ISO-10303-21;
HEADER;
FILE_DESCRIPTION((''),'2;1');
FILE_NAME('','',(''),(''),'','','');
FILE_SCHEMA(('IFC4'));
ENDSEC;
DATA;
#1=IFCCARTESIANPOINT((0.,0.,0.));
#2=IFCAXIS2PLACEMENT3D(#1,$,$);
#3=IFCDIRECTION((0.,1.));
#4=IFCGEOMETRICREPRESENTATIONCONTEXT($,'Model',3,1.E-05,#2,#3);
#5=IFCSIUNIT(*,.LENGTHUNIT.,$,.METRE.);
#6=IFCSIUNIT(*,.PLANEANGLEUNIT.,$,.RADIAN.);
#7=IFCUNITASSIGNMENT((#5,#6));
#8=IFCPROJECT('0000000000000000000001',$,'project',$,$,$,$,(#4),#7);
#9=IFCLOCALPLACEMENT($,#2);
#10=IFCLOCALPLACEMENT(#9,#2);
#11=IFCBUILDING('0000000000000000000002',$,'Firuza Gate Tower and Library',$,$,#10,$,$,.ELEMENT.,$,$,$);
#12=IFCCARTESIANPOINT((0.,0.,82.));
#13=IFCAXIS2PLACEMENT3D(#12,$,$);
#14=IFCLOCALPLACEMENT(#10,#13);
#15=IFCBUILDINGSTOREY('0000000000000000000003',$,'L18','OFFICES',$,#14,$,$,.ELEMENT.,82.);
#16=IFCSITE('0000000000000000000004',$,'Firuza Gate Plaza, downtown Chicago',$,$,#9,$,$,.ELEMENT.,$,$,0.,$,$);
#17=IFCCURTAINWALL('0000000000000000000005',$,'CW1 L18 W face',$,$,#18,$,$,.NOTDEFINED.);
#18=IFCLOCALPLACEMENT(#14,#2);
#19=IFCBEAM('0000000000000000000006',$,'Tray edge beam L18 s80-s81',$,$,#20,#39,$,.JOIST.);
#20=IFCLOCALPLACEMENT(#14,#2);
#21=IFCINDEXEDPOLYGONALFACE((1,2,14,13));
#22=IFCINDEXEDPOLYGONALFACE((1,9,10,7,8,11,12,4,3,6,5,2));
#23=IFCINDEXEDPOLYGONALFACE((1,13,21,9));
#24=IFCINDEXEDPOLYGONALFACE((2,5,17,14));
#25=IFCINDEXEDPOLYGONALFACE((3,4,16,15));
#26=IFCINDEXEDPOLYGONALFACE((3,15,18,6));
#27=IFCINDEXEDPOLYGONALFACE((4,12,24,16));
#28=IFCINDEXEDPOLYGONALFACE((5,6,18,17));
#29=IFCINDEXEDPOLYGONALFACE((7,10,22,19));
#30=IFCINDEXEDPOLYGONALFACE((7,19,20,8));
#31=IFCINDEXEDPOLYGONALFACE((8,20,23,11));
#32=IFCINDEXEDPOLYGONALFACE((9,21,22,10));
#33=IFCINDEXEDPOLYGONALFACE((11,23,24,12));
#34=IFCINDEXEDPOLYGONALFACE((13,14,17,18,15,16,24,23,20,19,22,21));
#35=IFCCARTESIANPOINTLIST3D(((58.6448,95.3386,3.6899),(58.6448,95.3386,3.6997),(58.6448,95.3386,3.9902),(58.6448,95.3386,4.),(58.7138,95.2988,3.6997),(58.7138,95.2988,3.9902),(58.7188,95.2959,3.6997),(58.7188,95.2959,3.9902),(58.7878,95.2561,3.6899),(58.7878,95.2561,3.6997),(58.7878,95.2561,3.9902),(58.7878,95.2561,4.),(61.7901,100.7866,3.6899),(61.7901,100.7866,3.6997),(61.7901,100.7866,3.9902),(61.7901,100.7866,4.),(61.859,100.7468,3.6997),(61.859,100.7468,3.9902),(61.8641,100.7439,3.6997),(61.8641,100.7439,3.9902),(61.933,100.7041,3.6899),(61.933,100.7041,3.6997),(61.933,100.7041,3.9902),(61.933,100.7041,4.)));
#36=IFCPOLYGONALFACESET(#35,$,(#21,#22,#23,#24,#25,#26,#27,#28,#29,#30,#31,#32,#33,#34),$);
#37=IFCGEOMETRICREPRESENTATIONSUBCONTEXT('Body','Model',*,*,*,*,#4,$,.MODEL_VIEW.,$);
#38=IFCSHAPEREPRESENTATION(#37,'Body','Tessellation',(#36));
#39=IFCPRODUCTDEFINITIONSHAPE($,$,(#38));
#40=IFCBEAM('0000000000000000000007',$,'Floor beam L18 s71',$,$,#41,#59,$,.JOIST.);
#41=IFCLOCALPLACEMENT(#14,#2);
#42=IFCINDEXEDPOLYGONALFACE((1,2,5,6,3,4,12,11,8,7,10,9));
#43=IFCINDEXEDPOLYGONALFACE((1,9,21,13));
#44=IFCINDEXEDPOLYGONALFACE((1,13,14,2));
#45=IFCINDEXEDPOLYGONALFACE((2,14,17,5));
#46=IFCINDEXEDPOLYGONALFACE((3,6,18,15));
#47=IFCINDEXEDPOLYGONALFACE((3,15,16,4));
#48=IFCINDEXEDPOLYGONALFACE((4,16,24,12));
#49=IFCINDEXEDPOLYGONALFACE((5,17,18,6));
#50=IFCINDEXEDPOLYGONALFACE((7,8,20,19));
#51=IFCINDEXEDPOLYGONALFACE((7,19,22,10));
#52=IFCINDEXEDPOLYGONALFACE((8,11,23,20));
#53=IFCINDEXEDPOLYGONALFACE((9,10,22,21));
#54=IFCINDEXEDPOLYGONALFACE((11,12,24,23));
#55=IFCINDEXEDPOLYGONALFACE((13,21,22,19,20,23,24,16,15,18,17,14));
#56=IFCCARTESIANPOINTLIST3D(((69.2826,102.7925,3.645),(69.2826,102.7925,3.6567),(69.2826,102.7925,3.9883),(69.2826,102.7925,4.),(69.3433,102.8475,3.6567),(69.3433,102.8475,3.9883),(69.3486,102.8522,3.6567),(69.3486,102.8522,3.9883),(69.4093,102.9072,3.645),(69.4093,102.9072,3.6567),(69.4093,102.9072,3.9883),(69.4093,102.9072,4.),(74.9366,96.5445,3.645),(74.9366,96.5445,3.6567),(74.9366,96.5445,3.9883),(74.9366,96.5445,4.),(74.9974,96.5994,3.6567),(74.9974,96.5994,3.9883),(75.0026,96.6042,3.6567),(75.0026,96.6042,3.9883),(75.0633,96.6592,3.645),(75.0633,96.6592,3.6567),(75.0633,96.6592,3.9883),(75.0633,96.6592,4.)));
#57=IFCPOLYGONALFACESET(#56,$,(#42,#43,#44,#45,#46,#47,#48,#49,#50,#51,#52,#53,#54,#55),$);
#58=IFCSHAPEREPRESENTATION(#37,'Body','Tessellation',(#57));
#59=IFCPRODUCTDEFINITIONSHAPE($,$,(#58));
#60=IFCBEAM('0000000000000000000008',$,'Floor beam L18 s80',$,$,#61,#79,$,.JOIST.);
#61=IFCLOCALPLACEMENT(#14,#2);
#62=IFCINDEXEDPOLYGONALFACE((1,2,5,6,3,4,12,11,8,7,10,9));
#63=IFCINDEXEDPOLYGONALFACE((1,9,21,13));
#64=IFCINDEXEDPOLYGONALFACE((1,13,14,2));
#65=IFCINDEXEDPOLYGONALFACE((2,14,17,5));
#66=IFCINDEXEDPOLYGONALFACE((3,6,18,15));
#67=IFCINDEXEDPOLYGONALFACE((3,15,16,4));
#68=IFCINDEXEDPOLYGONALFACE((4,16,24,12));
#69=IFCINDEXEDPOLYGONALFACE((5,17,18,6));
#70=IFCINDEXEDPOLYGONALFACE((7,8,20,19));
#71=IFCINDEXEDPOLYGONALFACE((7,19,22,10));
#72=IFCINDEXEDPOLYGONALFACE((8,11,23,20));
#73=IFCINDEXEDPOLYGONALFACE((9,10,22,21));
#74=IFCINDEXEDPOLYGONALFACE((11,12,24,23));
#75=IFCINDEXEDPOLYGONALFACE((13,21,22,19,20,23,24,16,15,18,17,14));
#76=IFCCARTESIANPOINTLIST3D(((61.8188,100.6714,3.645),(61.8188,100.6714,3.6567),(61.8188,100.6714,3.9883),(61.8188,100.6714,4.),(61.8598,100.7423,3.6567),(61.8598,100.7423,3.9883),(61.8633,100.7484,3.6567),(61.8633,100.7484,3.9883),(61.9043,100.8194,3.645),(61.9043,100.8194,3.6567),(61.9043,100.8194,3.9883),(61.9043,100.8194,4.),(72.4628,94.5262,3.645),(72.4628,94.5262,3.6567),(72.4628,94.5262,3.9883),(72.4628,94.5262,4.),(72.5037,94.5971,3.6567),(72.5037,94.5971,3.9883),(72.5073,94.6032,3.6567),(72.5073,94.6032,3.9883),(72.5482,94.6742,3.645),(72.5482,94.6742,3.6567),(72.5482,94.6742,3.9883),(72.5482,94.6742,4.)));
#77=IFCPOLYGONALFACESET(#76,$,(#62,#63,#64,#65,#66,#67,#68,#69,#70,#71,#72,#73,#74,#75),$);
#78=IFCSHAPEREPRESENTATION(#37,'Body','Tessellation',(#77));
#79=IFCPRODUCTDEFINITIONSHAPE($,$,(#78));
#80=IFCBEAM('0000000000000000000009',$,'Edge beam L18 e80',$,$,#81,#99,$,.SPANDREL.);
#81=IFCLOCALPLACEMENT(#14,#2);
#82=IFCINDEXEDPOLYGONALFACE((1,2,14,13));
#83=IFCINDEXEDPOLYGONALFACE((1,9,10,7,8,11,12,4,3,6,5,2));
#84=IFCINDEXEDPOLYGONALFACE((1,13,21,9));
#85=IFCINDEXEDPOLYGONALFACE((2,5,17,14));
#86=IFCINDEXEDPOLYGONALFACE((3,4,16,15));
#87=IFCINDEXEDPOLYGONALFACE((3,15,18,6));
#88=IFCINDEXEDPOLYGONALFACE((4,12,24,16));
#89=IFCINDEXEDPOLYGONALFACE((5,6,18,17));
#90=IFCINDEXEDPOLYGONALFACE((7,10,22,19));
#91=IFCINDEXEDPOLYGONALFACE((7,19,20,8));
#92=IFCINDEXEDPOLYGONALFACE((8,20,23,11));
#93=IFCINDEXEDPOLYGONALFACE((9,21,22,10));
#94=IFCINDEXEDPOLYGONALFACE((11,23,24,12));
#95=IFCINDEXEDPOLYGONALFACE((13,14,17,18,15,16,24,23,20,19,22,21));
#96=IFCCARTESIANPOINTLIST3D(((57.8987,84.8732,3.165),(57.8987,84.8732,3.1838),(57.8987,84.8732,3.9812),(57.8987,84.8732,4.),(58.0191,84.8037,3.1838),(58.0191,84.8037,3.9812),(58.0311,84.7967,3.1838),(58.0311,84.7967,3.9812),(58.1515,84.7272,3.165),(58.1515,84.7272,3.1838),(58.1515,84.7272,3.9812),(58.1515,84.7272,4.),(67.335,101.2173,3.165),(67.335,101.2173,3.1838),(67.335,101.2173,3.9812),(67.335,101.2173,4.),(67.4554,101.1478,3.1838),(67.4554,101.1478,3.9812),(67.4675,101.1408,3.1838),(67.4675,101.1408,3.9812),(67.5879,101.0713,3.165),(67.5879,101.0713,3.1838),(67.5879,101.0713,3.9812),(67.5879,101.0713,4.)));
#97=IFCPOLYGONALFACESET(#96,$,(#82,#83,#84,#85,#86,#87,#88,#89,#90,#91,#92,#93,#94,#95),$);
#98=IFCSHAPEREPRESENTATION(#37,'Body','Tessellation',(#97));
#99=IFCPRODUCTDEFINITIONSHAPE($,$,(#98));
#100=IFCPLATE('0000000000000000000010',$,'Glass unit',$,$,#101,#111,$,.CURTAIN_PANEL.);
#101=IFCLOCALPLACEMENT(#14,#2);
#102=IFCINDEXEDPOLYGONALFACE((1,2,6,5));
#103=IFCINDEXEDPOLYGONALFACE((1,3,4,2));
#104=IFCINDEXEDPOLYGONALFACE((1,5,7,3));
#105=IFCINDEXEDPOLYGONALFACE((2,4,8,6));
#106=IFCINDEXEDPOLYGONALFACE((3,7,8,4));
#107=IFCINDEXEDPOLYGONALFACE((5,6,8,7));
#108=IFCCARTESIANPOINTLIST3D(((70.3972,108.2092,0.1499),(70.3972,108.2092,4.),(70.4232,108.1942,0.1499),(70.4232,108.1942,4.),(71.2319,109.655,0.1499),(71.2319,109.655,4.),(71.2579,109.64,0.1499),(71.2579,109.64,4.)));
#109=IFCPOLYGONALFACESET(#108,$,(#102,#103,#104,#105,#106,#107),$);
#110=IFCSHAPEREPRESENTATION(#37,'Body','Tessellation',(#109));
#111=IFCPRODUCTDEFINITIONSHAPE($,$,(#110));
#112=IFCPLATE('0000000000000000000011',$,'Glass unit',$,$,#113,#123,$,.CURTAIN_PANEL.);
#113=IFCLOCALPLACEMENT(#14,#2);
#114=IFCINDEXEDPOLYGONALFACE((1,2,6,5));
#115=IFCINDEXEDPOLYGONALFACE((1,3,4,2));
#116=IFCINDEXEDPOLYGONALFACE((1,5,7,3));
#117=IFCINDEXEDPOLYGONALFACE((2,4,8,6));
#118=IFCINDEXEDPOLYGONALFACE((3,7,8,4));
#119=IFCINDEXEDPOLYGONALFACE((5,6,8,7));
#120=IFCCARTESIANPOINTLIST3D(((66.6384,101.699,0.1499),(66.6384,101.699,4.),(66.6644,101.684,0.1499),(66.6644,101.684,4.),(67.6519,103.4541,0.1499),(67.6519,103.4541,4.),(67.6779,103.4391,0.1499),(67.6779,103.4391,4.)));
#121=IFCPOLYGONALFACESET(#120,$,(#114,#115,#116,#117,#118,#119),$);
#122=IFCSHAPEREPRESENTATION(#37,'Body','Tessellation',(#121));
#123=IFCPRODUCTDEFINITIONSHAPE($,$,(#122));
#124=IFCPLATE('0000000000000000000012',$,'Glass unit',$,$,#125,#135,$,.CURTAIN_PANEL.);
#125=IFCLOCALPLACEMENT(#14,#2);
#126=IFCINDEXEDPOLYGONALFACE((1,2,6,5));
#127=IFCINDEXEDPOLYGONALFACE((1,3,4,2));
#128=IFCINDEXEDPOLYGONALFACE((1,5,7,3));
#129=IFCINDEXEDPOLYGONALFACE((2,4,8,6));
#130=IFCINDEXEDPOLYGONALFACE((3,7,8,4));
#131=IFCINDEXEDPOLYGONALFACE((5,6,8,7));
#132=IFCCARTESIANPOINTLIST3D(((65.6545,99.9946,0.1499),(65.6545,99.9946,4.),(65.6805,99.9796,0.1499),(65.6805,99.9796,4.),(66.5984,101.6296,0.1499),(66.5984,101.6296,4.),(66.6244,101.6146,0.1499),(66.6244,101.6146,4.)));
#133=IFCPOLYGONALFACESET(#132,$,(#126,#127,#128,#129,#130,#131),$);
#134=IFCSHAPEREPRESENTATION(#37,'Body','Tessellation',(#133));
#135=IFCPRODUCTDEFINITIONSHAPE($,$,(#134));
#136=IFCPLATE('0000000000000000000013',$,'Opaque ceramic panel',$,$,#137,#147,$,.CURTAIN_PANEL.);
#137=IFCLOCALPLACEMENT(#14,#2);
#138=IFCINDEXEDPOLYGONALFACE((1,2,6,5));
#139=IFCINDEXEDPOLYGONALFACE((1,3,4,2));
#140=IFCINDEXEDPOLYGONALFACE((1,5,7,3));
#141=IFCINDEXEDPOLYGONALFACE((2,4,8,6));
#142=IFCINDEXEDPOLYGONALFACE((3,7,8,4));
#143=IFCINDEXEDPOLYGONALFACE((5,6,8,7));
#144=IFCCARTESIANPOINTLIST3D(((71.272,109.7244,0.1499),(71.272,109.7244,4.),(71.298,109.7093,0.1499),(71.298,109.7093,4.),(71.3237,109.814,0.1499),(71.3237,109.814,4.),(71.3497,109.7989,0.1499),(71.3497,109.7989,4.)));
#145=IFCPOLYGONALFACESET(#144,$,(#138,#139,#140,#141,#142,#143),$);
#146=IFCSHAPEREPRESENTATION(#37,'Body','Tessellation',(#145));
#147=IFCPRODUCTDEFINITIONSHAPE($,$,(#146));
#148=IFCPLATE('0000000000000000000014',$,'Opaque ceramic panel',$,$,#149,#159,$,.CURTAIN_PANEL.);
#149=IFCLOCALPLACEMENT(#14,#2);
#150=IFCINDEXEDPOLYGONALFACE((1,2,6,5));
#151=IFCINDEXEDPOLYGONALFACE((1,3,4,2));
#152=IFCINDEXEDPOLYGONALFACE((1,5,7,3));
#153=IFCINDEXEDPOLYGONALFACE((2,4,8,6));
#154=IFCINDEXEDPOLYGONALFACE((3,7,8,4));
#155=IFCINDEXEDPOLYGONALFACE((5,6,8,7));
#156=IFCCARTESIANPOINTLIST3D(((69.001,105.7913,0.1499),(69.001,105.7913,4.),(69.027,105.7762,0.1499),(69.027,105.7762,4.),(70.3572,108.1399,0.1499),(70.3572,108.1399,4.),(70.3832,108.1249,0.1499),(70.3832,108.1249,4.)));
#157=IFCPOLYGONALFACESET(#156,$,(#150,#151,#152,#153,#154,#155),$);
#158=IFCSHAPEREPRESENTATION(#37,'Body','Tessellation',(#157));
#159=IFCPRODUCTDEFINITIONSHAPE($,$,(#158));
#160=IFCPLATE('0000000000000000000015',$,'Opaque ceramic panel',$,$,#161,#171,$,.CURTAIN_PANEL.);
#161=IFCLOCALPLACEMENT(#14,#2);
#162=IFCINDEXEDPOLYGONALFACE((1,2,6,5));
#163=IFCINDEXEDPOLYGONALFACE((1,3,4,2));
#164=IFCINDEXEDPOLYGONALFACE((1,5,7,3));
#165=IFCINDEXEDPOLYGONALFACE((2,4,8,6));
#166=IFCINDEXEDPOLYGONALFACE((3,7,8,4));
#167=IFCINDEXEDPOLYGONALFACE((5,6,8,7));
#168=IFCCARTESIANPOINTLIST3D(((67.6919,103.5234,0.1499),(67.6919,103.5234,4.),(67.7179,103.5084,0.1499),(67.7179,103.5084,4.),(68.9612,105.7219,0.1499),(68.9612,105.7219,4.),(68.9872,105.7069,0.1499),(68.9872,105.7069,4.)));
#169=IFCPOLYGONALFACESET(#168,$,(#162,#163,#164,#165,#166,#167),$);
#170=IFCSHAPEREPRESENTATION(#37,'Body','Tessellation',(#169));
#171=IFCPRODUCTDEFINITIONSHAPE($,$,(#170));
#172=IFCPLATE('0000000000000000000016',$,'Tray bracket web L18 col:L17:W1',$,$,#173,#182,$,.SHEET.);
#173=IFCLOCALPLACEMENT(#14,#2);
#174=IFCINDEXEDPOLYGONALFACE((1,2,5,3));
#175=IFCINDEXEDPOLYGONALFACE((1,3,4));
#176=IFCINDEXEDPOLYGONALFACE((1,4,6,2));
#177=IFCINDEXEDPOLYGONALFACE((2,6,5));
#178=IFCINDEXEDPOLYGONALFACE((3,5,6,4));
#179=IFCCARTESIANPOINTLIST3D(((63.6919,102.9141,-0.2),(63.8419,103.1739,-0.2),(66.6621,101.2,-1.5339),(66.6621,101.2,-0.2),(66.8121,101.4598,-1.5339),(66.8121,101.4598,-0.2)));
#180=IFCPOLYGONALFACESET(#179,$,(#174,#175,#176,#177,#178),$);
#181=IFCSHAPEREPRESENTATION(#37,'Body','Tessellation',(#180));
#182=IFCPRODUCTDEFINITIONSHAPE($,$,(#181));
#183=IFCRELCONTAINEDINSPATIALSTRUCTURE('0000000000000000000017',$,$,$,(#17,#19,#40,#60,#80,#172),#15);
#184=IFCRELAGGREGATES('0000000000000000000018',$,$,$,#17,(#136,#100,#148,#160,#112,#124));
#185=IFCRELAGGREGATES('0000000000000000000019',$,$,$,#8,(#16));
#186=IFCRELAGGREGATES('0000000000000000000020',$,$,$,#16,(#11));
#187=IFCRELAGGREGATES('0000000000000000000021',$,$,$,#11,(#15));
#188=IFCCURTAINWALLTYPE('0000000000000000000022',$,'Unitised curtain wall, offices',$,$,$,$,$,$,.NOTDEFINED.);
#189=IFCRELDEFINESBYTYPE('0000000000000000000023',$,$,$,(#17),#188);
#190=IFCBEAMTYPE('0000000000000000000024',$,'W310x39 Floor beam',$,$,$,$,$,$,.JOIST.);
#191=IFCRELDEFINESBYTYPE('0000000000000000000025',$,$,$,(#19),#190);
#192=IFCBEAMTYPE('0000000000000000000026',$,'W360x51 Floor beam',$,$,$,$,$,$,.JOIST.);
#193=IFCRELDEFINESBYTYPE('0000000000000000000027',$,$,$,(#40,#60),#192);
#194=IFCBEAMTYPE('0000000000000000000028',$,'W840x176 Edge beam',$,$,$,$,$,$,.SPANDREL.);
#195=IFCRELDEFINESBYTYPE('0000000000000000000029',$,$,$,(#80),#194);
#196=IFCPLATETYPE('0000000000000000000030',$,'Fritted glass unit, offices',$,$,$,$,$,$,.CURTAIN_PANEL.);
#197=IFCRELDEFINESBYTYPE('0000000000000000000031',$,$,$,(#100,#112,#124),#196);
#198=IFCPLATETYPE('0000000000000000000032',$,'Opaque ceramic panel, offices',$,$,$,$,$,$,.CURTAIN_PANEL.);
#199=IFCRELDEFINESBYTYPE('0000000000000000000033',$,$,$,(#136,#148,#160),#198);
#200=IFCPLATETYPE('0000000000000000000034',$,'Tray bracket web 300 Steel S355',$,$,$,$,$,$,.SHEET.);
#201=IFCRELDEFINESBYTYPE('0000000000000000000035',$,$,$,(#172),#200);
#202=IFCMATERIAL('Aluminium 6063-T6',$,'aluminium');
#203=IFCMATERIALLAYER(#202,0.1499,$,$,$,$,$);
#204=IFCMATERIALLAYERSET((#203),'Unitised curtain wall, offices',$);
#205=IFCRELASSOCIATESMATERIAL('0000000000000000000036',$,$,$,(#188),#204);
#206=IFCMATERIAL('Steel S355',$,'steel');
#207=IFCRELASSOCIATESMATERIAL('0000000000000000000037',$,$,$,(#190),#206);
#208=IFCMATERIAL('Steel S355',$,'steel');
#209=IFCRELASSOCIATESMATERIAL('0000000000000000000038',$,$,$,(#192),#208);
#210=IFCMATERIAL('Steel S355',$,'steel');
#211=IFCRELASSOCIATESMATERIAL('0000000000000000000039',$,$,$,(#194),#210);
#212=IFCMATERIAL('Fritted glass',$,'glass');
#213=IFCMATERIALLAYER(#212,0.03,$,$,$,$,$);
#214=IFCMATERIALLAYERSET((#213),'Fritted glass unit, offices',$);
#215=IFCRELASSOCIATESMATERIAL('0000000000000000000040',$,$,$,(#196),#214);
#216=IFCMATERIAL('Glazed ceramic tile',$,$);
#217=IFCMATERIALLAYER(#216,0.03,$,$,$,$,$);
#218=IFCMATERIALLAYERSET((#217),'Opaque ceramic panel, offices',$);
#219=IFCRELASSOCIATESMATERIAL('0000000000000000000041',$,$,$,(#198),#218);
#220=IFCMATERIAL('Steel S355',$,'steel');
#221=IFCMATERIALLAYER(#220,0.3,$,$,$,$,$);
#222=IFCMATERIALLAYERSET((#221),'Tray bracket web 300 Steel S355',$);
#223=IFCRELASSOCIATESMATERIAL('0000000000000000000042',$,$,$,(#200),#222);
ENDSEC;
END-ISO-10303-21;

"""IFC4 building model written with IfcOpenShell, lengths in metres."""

from ifc_helpers import new_model, si_unit, direction, frame, origin, origin_2d, place, context, subcontext, project, spatial, polyline, i_section, outline, extrude, material, layer, layer_set, material_profile, profile_set, type_object, element, aggregate, save


model = new_model("IFC4")

# Units and contexts
model_context = context("Model", 3, precision=1e-05, world=origin(), true_north=direction((0.0, 1.0)))
body_context = subcontext(model_context, "Body", "Model", "MODEL_VIEW")
ifc_project = project(units=[si_unit("LENGTHUNIT", "METRE"), si_unit("PLANEANGLEUNIT", "RADIAN")], contexts=[model_context])

# Site, building, storey
site_placement = place(None, origin())
site = spatial("IfcSite", under=ifc_project, at=site_placement, Name="Firuza Gate Plaza, downtown Chicago", CompositionType="ELEMENT", RefElevation=0.0)
building_placement = place(site_placement, origin())
building = spatial("IfcBuilding", under=site, at=building_placement, Name="Firuza Gate Tower and Library", CompositionType="ELEMENT")
storey_placement = place(building_placement, frame((0.0, 0.0, 82.0)))
storey = spatial("IfcBuildingStorey", under=building, at=storey_placement, Name="L18", Description="OFFICES", CompositionType="ELEMENT", Elevation=82.0)

# Curtain wall
ifc_material_1 = material(Name="Aluminium 6063-T6", Category="aluminium")
ifc_layer_1 = layer(ifc_material_1, 0.1499)
ifc_layer_set_1 = layer_set([ifc_layer_1], Name="Unitised curtain wall, offices")
curtain_wall_type_1 = type_object("IfcCurtainWallType", Name="Unitised curtain wall, offices", PredefinedType="NOTDEFINED", material=ifc_layer_set_1)
placement = place(storey_placement, origin())
curtain_wall_1 = element("IfcCurtainWall", 1, at=placement, inside=storey, type_object=curtain_wall_type_1, Name="CW1 L18 W face", PredefinedType="NOTDEFINED")

# Beams
ifc_material_2 = material(Name="Steel S355", Category="steel")
ifc_material_profile_1 = material_profile(ifc_material_2, i_section(OverallWidth=0.165, OverallDepth=0.3101, WebThickness=0.0059, FlangeThickness=0.0098, at=origin_2d()))
ifc_profile_set_1 = profile_set([ifc_material_profile_1], Name="Steel S355")
beam_type_1 = type_object("IfcBeamType", Name="W310x39 Floor beam", PredefinedType="JOIST", material=ifc_profile_set_1)
beam_1_placement = place(storey_placement, frame((61.8616, 100.7454, 3.845), z_axis=(-0.499983, -0.866035, 0.0), x_axis=(0.866035, -0.499983, 0.0)))
element("IfcBeam", 2, at=beam_1_placement, inside=storey, type_object=beam_type_1, Name="Tray edge beam L18 s80-s81", PredefinedType="JOIST", context=body_context, shape_type="SweptSolid", body=[
    extrude(i_section(OverallWidth=0.165, OverallDepth=0.3101, WebThickness=0.0059, FlangeThickness=0.0098, at=origin_2d()), origin(), (0.0, 0.0, 1.0), 6.2908),
])
ifc_material_3 = material(Name="Steel S355", Category="steel")
ifc_material_profile_2 = material_profile(ifc_material_3, i_section(OverallWidth=0.1709, OverallDepth=0.355, WebThickness=0.0071, FlangeThickness=0.0117, at=origin_2d()))
ifc_profile_set_2 = profile_set([ifc_material_profile_2], Name="Steel S355")
beam_type_2 = type_object("IfcBeamType", Name="W360x51 Floor beam", PredefinedType="JOIST", material=ifc_profile_set_2)
beam_2_placement = place(storey_placement, frame((69.3459, 102.8499, 3.8225), z_axis=(0.670982, -0.741473, 0.0), x_axis=(0.741473, 0.670982, 0.0)))
element("IfcBeam", 3, at=beam_2_placement, inside=storey, type_object=beam_type_2, Name="Floor beam L18 s71", PredefinedType="JOIST", context=body_context, shape_type="SweptSolid", body=[
    extrude(i_section(OverallWidth=0.1709, OverallDepth=0.355, WebThickness=0.0071, FlangeThickness=0.0117, at=origin_2d()), origin(), (0.0, 0.0, 1.0), 8.4265),
])
beam_3_placement = place(storey_placement, frame((61.8616, 100.7454, 3.8225), z_axis=(0.866028, -0.499995, 0.0), x_axis=(0.499995, 0.866028, 0.0)))
element("IfcBeam", 4, at=beam_3_placement, inside=storey, type_object=beam_type_2, Name="Floor beam L18 s80", PredefinedType="JOIST", context=body_context, shape_type="SweptSolid", body=[
    extrude(i_section(OverallWidth=0.1709, OverallDepth=0.355, WebThickness=0.0071, FlangeThickness=0.0117, at=origin_2d()), origin(), (0.0, 0.0, 1.0), 12.2905),
])
ifc_material_4 = material(Name="Steel S355", Category="steel")
ifc_material_profile_3 = material_profile(ifc_material_4, i_section(OverallWidth=0.292, OverallDepth=0.835, WebThickness=0.0139, FlangeThickness=0.0188, at=origin_2d()))
ifc_profile_set_3 = profile_set([ifc_material_profile_3], Name="Steel S355")
beam_type_3 = type_object("IfcBeamType", Name="W840x176 Edge beam", PredefinedType="SPANDREL", material=ifc_profile_set_3)
beam_4_placement = place(storey_placement, frame((67.4614, 101.1443, 3.5825), z_axis=(-0.500003, -0.866024, 0.0), x_axis=(0.866024, -0.500003, 0.0)))
element("IfcBeam", 5, at=beam_4_placement, inside=storey, type_object=beam_type_3, Name="Edge beam L18 e80", PredefinedType="SPANDREL", context=body_context, shape_type="SweptSolid", body=[
    extrude(i_section(OverallWidth=0.292, OverallDepth=0.835, WebThickness=0.0139, FlangeThickness=0.0188, at=origin_2d()), origin(), (0.0, 0.0, 1.0), 18.8726),
])

# Plates
ifc_material_5 = material(Name="Fritted glass", Category="glass")
ifc_layer_2 = layer(ifc_material_5, 0.03)
ifc_layer_set_2 = layer_set([ifc_layer_2], Name="Fritted glass unit, offices")
plate_type_1 = type_object("IfcPlateType", Name="Fritted glass unit, offices", PredefinedType="CURTAIN_PANEL", material=ifc_layer_set_2)
plate_1_placement = place(storey_placement, frame((71.2319, 109.655, 0.1499), z_axis=(-0.86603, 0.499993, 0.0), x_axis=(-0.499993, -0.86603, 0.0)))
plate_1 = element("IfcPlate", 6, at=plate_1_placement, type_object=plate_type_1, Name="Glass unit", PredefinedType="CURTAIN_PANEL", context=body_context, shape_type="SweptSolid", body=[
    extrude(outline(polyline([(0.0, 0.0), (1.6695, 0.0), (1.6695, 3.8501), (0.0, 3.8501), (0.0, 0.0)])), origin(), (0.0, 0.0, -1.0), 0.03),
])
plate_2_placement = place(storey_placement, frame((67.6519, 103.4541, 0.1499), z_axis=(-0.866003, 0.500039, 0.0), x_axis=(-0.500039, -0.866003, 0.0)))
plate_2 = element("IfcPlate", 7, at=plate_2_placement, type_object=plate_type_1, Name="Glass unit", PredefinedType="CURTAIN_PANEL", context=body_context, shape_type="SweptSolid", body=[
    extrude(outline(polyline([(0.0, 0.0), (2.0267, 0.0), (2.0267, 3.8501), (0.0, 3.8501), (0.0, 0.0)])), origin(), (0.0, 0.0, -1.0), 0.03),
])
plate_3_placement = place(storey_placement, frame((66.5984, 101.6296, 0.1499), z_axis=(-0.866054, 0.49995, 0.0), x_axis=(-0.49995, -0.866054, 0.0)))
plate_3 = element("IfcPlate", 8, at=plate_3_placement, type_object=plate_type_1, Name="Glass unit", PredefinedType="CURTAIN_PANEL", context=body_context, shape_type="SweptSolid", body=[
    extrude(outline(polyline([(0.0, 0.0), (1.8879, 0.0), (1.8879, 3.8501), (0.0, 3.8501), (0.0, 0.0)])), origin(), (0.0, 0.0, -1.0), 0.03),
])
ifc_material_6 = material(Name="Glazed ceramic tile")
ifc_layer_3 = layer(ifc_material_6, 0.03)
ifc_layer_set_3 = layer_set([ifc_layer_3], Name="Opaque ceramic panel, offices")
plate_type_2 = type_object("IfcPlateType", Name="Opaque ceramic panel, offices", PredefinedType="CURTAIN_PANEL", material=ifc_layer_set_3)
plate_4_placement = place(storey_placement, frame((71.3237, 109.814, 0.1499), z_axis=(-0.86591, 0.500199, 0.0), x_axis=(-0.500199, -0.86591, 0.0)))
plate_4 = element("IfcPlate", 9, at=plate_4_placement, type_object=plate_type_2, Name="Opaque ceramic panel", PredefinedType="CURTAIN_PANEL", context=body_context, shape_type="SweptSolid", body=[
    extrude(outline(polyline([(0.0, 0.0), (0.1035, 0.0), (0.1035, 3.8501), (0.0, 3.8501), (0.0, 0.0)])), origin(), (0.0, 0.0, -1.0), 0.03),
])
plate_5_placement = place(storey_placement, frame((70.3572, 108.1399, 0.1499), z_axis=(-0.865991, 0.50006, 0.0), x_axis=(-0.50006, -0.865991, 0.0)))
plate_5 = element("IfcPlate", 10, at=plate_5_placement, type_object=plate_type_2, Name="Opaque ceramic panel", PredefinedType="CURTAIN_PANEL", context=body_context, shape_type="SweptSolid", body=[
    extrude(outline(polyline([(0.0, 0.0), (2.7121, 0.0), (2.7121, 3.8501), (0.0, 3.8501), (0.0, 0.0)])), origin(), (0.0, 0.0, -1.0), 0.03),
])
plate_6_placement = place(storey_placement, frame((68.9612, 105.7219, 0.1499), z_axis=(-0.866027, 0.499997, 0.0), x_axis=(-0.499997, -0.866027, 0.0)))
plate_6 = element("IfcPlate", 11, at=plate_6_placement, type_object=plate_type_2, Name="Opaque ceramic panel", PredefinedType="CURTAIN_PANEL", context=body_context, shape_type="SweptSolid", body=[
    extrude(outline(polyline([(0.0, 0.0), (2.5386, 0.0), (2.5386, 3.8501), (0.0, 3.8501), (0.0, 0.0)])), origin(), (0.0, 0.0, -1.0), 0.03),
])
aggregate(curtain_wall_1, [plate_4, plate_1, plate_5, plate_6, plate_2, plate_3])

# Plate
ifc_material_7 = material(Name="Steel S355", Category="steel")
ifc_layer_4 = layer(ifc_material_7, 0.3)
ifc_layer_set_4 = layer_set([ifc_layer_4], Name="Tray bracket web 300 Steel S355")
plate_type_3 = type_object("IfcPlateType", Name="Tray bracket web 300 Steel S355", PredefinedType="SHEET", material=ifc_layer_set_4)
plate_7_placement = place(storey_placement, frame((66.6621, 101.2, -0.2), z_axis=(-0.499837, -0.866119, 0.0), x_axis=(-0.866119, 0.499837, 0.0)))
element("IfcPlate", 12, at=plate_7_placement, inside=storey, type_object=plate_type_3, Name="Tray bracket web L18 col:L17:W1", PredefinedType="SHEET", context=body_context, shape_type="SweptSolid", body=[
    extrude(outline(polyline([(0.0, 0.0), (3.4293, 0.0), (0.0, 1.334), (0.0, 0.0)])), origin(), (0.0, 0.0, -1.0), 0.3),
])

save(model, "model.ifc")
